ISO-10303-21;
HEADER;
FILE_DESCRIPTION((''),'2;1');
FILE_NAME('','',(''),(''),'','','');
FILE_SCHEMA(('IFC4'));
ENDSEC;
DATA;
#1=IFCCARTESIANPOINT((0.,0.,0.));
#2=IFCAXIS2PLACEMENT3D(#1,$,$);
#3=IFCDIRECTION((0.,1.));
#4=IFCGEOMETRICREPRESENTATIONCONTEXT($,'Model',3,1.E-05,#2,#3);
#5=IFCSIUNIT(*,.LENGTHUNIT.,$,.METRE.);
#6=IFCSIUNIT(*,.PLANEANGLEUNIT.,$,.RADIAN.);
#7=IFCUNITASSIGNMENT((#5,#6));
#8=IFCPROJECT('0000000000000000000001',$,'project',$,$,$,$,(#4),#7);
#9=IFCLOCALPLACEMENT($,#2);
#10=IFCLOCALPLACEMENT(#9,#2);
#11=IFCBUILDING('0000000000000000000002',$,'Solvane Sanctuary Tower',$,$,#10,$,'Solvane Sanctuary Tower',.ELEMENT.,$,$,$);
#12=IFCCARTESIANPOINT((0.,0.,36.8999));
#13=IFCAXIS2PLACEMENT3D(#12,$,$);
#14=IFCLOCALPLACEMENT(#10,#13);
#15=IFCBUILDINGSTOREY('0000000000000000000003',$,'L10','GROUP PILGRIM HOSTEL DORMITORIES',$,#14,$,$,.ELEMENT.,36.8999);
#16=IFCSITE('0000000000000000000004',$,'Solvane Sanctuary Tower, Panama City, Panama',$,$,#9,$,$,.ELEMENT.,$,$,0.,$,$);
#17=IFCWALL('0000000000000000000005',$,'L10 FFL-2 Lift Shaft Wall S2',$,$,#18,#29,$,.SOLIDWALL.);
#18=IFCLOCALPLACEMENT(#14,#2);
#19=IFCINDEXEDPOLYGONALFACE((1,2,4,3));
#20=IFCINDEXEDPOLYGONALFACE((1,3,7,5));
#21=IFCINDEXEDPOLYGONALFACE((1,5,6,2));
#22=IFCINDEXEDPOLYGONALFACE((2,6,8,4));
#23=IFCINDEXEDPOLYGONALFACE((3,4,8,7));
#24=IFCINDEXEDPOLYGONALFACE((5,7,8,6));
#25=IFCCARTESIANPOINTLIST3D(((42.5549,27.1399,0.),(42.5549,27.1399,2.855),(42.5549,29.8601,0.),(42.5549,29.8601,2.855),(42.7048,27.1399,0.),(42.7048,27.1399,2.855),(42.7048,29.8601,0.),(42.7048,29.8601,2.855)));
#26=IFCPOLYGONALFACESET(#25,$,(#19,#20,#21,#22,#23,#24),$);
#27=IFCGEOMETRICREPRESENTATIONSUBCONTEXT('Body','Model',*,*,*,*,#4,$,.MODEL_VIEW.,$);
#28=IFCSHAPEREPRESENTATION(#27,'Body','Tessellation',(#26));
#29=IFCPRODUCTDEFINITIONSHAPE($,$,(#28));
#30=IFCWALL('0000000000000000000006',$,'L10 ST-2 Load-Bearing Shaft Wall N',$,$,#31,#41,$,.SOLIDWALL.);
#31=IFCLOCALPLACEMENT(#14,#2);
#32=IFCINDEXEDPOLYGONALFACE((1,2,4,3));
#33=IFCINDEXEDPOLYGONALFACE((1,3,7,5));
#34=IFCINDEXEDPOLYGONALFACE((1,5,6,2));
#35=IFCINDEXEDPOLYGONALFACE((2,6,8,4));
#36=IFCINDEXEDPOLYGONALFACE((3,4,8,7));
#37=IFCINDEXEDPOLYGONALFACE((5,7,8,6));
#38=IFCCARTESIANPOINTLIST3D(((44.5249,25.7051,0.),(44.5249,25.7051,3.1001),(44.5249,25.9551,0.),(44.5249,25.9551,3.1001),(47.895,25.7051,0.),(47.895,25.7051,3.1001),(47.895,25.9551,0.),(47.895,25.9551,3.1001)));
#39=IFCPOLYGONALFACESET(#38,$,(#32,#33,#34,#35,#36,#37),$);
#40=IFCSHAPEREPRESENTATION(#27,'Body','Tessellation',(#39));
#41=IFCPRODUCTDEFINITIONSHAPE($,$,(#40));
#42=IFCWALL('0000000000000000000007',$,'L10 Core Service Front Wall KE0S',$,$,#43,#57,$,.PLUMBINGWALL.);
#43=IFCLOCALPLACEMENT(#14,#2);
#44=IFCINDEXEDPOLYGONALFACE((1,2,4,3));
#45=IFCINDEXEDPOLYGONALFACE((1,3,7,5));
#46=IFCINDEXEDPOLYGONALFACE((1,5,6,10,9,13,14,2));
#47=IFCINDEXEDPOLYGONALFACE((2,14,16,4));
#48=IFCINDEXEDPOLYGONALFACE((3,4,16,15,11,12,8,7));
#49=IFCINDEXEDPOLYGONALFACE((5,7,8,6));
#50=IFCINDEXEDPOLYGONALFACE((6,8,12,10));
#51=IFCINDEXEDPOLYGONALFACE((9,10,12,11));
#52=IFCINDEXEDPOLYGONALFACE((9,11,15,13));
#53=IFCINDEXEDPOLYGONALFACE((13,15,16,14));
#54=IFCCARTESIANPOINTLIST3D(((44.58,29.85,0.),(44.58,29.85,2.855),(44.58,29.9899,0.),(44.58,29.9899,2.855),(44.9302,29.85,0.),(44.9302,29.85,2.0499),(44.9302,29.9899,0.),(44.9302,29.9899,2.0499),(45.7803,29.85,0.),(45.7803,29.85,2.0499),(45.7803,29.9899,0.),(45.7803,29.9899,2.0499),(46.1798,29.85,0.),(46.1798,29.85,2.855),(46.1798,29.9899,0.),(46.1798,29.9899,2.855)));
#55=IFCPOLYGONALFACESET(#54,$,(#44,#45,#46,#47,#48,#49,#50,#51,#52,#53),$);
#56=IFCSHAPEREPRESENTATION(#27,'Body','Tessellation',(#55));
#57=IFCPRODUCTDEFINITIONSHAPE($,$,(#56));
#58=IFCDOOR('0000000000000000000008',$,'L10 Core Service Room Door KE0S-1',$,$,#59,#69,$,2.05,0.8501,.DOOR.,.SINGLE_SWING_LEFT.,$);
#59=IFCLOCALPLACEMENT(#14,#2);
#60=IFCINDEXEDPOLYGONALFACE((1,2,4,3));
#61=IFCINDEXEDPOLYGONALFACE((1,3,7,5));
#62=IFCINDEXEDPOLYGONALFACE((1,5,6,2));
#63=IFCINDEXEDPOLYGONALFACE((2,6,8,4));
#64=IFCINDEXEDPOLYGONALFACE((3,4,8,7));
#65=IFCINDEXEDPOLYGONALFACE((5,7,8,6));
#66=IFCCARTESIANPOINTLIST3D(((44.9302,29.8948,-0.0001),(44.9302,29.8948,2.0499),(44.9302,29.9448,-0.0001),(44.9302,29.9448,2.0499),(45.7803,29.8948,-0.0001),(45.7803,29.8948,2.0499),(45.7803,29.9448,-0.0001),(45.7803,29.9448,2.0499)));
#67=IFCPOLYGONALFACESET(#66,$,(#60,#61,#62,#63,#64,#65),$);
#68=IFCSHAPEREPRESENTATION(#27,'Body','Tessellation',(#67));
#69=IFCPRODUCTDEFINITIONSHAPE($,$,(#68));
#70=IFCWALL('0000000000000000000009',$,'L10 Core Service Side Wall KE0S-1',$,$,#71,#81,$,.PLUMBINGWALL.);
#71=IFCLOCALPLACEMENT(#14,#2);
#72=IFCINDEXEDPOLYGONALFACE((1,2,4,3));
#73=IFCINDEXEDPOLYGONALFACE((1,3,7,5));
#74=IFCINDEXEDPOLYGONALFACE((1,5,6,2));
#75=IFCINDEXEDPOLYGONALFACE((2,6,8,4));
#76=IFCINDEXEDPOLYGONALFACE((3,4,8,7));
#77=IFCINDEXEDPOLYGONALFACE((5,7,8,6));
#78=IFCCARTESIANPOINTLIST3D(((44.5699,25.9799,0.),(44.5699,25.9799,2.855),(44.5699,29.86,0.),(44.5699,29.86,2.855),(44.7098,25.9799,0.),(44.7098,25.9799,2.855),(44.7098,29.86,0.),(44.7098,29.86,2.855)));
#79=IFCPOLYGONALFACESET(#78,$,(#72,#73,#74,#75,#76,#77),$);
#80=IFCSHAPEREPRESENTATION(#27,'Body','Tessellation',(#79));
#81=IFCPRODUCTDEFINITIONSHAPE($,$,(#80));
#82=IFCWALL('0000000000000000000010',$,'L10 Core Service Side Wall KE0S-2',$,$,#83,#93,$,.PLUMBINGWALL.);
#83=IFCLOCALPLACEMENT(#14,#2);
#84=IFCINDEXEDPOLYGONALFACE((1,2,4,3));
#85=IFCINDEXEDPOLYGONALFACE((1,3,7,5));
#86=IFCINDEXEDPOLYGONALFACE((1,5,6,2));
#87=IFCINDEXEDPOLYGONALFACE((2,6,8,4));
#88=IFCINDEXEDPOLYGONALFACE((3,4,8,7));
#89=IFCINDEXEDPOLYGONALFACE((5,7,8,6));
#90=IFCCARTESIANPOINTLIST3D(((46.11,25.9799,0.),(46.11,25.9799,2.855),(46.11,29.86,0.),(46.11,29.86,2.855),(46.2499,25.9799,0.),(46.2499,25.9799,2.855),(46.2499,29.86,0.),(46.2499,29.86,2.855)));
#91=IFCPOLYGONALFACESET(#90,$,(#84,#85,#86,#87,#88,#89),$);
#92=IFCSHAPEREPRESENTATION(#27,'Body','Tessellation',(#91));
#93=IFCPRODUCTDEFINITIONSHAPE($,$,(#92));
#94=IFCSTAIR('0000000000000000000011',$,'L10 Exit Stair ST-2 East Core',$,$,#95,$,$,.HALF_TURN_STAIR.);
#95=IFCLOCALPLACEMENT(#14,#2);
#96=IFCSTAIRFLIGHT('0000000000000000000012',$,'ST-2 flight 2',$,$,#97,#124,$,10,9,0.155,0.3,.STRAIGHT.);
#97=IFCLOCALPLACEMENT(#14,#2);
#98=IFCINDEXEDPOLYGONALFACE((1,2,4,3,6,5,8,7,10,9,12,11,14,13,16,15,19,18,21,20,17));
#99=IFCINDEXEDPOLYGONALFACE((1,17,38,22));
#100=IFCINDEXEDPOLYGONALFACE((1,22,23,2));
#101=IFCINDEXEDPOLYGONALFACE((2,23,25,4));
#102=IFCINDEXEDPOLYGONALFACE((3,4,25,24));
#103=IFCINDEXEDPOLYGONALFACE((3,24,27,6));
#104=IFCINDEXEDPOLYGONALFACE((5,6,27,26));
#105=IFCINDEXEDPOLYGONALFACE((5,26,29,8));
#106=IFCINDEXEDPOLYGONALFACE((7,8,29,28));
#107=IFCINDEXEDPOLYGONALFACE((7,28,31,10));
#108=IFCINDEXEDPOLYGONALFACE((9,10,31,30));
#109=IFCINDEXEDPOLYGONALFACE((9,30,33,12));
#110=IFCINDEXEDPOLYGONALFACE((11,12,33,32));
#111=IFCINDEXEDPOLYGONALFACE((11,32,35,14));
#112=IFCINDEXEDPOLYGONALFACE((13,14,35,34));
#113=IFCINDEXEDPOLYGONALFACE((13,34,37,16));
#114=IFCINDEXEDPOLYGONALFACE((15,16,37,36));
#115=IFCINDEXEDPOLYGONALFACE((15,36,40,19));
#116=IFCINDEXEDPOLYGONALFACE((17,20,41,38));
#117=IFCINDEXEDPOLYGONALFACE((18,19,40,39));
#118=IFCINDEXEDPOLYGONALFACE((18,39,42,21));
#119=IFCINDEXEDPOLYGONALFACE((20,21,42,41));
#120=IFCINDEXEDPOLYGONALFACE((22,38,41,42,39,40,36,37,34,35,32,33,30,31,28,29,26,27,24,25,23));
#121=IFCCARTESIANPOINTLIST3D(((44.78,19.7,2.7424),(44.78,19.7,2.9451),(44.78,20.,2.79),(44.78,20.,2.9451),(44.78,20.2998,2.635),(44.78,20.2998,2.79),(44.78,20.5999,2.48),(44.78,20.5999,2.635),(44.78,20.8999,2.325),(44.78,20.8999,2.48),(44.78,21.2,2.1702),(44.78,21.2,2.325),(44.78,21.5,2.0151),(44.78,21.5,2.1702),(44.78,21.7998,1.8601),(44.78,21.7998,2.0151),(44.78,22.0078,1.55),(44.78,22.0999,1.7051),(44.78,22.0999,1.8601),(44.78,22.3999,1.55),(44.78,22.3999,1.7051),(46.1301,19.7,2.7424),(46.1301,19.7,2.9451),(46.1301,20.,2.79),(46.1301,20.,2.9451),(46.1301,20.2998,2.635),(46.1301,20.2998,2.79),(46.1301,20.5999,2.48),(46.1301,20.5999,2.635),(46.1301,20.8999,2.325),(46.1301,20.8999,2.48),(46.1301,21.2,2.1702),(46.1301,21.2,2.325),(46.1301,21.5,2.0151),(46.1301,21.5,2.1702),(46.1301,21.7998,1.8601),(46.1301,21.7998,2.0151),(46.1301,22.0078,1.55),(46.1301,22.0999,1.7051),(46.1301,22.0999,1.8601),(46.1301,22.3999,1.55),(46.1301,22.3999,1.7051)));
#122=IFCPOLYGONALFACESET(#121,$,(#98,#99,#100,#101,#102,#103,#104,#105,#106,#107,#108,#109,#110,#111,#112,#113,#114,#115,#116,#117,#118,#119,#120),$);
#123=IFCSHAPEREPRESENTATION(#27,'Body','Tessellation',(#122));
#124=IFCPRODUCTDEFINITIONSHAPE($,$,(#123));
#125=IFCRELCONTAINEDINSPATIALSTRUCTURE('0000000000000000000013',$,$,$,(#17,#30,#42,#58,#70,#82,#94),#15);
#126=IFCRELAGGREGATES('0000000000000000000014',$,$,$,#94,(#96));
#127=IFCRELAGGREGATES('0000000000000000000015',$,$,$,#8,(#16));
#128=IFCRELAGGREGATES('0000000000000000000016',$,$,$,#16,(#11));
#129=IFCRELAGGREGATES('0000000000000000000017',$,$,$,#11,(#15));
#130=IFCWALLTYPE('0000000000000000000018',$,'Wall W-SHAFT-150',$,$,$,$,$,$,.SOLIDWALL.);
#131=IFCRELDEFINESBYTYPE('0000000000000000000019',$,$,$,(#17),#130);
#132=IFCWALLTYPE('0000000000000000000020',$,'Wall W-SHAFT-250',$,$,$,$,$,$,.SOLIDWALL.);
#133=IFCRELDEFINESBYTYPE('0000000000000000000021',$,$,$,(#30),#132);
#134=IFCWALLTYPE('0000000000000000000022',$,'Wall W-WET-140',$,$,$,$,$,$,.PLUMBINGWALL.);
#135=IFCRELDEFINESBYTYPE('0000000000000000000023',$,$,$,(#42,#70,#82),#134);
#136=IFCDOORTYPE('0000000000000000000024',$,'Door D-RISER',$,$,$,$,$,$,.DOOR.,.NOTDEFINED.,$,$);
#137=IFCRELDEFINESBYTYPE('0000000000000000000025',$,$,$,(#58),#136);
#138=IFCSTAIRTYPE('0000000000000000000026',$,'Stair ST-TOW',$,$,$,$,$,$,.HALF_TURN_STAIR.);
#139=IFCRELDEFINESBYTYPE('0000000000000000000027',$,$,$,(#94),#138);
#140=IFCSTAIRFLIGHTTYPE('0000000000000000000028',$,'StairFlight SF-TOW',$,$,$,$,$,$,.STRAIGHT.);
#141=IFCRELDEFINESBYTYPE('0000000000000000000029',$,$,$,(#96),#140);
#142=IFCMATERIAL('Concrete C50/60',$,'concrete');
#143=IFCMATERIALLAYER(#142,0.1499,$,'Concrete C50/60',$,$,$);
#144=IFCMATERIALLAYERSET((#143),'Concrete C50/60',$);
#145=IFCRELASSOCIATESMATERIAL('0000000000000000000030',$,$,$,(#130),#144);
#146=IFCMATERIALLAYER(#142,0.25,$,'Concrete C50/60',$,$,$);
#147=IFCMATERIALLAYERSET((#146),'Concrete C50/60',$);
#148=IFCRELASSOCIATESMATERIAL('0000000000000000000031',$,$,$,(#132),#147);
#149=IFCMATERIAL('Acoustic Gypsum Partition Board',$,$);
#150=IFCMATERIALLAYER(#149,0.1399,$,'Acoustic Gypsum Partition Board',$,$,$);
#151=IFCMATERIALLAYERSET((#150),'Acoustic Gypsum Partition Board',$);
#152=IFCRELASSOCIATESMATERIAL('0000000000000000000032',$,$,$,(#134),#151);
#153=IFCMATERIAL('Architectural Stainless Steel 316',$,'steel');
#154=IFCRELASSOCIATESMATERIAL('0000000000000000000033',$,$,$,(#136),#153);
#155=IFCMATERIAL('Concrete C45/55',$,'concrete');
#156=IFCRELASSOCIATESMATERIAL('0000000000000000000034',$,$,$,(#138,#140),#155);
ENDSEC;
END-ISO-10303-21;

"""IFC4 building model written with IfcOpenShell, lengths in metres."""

from ifc_helpers import new_model, si_unit, direction, frame, frame_2d, origin, place, context, subcontext, project, spatial, polyline, rectangle, outline, extrude, material, layer, layer_set, type_object, element, fill, aggregate, save


model = new_model("IFC4")

# Units and contexts
model_context = context("Model", 3, precision=1e-05, world=origin(), true_north=direction((0.0, 1.0)))
body_context = subcontext(model_context, "Body", "Model", "MODEL_VIEW")
ifc_project = project(units=[si_unit("LENGTHUNIT", "METRE"), si_unit("PLANEANGLEUNIT", "RADIAN")], contexts=[model_context])

# Site, building, storey
site_placement = place(None, origin())
site = spatial("IfcSite", under=ifc_project, at=site_placement, Name="Solvane Sanctuary Tower, Panama City, Panama", CompositionType="ELEMENT", RefElevation=0.0)
building_placement = place(site_placement, origin())
building = spatial("IfcBuilding", under=site, at=building_placement, Name="Solvane Sanctuary Tower", LongName="Solvane Sanctuary Tower", CompositionType="ELEMENT")
storey_placement = place(building_placement, frame((0.0, 0.0, 36.8999)))
storey = spatial("IfcBuildingStorey", under=building, at=storey_placement, Name="L10", Description="GROUP PILGRIM HOSTEL DORMITORIES", CompositionType="ELEMENT", Elevation=36.8999)

# Shared definitions
ifc_material_1 = material(Name="Acoustic Gypsum Partition Board")
ifc_material_2 = material(Name="Concrete C50/60", Category="concrete")
ifc_layer_1 = layer(ifc_material_2, 0.1499, Name="Concrete C50/60")
ifc_layer_set_1 = layer_set([ifc_layer_1], Name="Concrete C50/60")
wall_type_1 = type_object("IfcWallType", Name="Wall W-SHAFT-150", PredefinedType="SOLIDWALL", material=ifc_layer_set_1)

# Shared definitions
ifc_material_3 = material(Name="Architectural Stainless Steel 316", Category="steel")

# Walls
wall_1_placement = place(storey_placement, frame((42.6299, 27.1399, 0.0), z_axis=(0.0, 0.0, 1.0), x_axis=(0.0, 1.0, 0.0)))
element("IfcWall", 1, at=wall_1_placement, inside=storey, type_object=wall_type_1, Name="L10 FFL-2 Lift Shaft Wall S2", PredefinedType="SOLIDWALL", context=body_context, shape_type="SweptSolid", body=[
    extrude(rectangle(XDim=2.7202, YDim=0.1499, at=frame_2d((1.3601, 0.0))), origin(), (0.0, 0.0, 1.0), 2.855),
])
ifc_layer_2 = layer(ifc_material_2, 0.25, Name="Concrete C50/60")
ifc_layer_set_2 = layer_set([ifc_layer_2], Name="Concrete C50/60")
wall_type_2 = type_object("IfcWallType", Name="Wall W-SHAFT-250", PredefinedType="SOLIDWALL", material=ifc_layer_set_2)
wall_2_placement = place(storey_placement, frame((44.5249, 25.8301, 0.0), z_axis=(0.0, 0.0, 1.0), x_axis=(1.0, 0.0, 0.0)))
element("IfcWall", 2, at=wall_2_placement, inside=storey, type_object=wall_type_2, Name="L10 ST-2 Load-Bearing Shaft Wall N", PredefinedType="SOLIDWALL", context=body_context, shape_type="SweptSolid", body=[
    extrude(rectangle(XDim=3.3701, YDim=0.25, at=frame_2d((1.6851, 0.0))), origin(), (0.0, 0.0, 1.0), 3.1001),
])

# Wall, opening, door
ifc_layer_3 = layer(ifc_material_1, 0.1399, Name="Acoustic Gypsum Partition Board")
ifc_layer_set_3 = layer_set([ifc_layer_3], Name="Acoustic Gypsum Partition Board")
wall_type_3 = type_object("IfcWallType", Name="Wall W-WET-140", PredefinedType="PLUMBINGWALL", material=ifc_layer_set_3)
wall_3_placement = place(storey_placement, frame((44.5801, 29.9199, 0.0), z_axis=(0.0, 0.0, 1.0), x_axis=(1.0, 0.0, 0.0)))
wall_3 = element("IfcWall", 3, at=wall_3_placement, inside=storey, type_object=wall_type_3, Name="L10 Core Service Front Wall KE0S", PredefinedType="PLUMBINGWALL", context=body_context, shape_type="SweptSolid", body=[
    extrude(rectangle(XDim=1.5999, YDim=0.1399, at=frame_2d((0.7998, 0.0))), origin(), (0.0, 0.0, 1.0), 2.855),
])
opening_1_placement = place(wall_3_placement, frame((0.3501, 0.0, 0.0)))
opening_1 = element("IfcOpeningElement", 4, at=opening_1_placement, cuts=wall_3, PredefinedType="OPENING", context=body_context, shape_type="SweptSolid", body=[
    extrude(rectangle(XDim=0.8501, YDim=2.05, at=frame_2d((0.425, 1.0249))), frame((0.0, 0.0798, 0.0), z_axis=(0.0, -1.0, 0.0), x_axis=(1.0, 0.0, 0.0)), (0.0, 0.0, 1.0), 0.1599),
])
door_type_1 = type_object("IfcDoorType", Name="Door D-RISER", OperationType="NOTDEFINED", PredefinedType="DOOR", material=ifc_material_3)
door_1_placement = place(opening_1_placement, origin())
door_1 = element("IfcDoor", 5, at=door_1_placement, inside=storey, type_object=door_type_1, Name="L10 Core Service Room Door KE0S-1", OperationType="SINGLE_SWING_LEFT", OverallHeight=2.05, OverallWidth=0.8501, PredefinedType="DOOR", context=body_context, shape_type="SweptSolid", body=[
    extrude(rectangle(XDim=0.8501, YDim=2.05, at=frame_2d((0.425, 1.0249))), frame((0.0, 0.0249, 0.0), z_axis=(0.0, -1.0, 0.0), x_axis=(1.0, 0.0, 0.0)), (0.0, 0.0, 1.0), 0.05),
])
fill(opening_1, door_1)

# Walls
for number, where, z_axis, x_axis, name in (
    (6, (44.6399, 25.98, 0.0), (0.0, 0.0, 1.0), (0.0, 1.0, 0.0), "L10 Core Service Side Wall KE0S-1"),
    (7, (46.1799, 25.98, 0.0), (0.0, 0.0, 1.0), (0.0, 1.0, 0.0), "L10 Core Service Side Wall KE0S-2"),
):
    element("IfcWall", number, at=place(storey_placement, frame(where, z_axis=z_axis, x_axis=x_axis)), inside=storey, type_object=wall_type_3, Name=name, PredefinedType="PLUMBINGWALL", context=body_context, shape_type="SweptSolid", body=[
        extrude(rectangle(XDim=3.8801, YDim=0.1399, at=frame_2d((1.9399, 0.0))), origin(), (0.0, 0.0, 1.0), 2.855),
    ])

# Stair, stair flight
ifc_material_4 = material(Name="Concrete C45/55", Category="concrete")
stair_type = type_object("IfcStairType", Name="Stair ST-TOW", PredefinedType="HALF_TURN_STAIR", material=ifc_material_4)
stair_placement = place(storey_placement, origin())
stair = element("IfcStair", 8, at=stair_placement, inside=storey, type_object=stair_type, Name="L10 Exit Stair ST-2 East Core", PredefinedType="HALF_TURN_STAIR")
stair_flight_type = type_object("IfcStairFlightType", Name="StairFlight SF-TOW", PredefinedType="STRAIGHT", material=ifc_material_4)
stair_flight_placement = place(storey_placement, frame((45.4551, 22.3999, 1.55), z_axis=(0.0, 0.0, 1.0), x_axis=(0.0, -1.0, 0.0)))
stair_flight = element("IfcStairFlight", 9, at=stair_flight_placement, type_object=stair_flight_type, Name="ST-2 flight 2", NumberOfRisers=10, NumberOfTreads=9, PredefinedType="STRAIGHT", RiserHeight=0.155, TreadLength=0.3, context=body_context, shape_type="SweptSolid", body=[
    extrude(outline(polyline([(0.0, 0.0), (0.0, 0.155), (0.3, 0.155), (0.3, 0.3101), (0.6001, 0.3101), (0.6001, 0.4651), (0.8999, 0.4651), (0.8999, 0.6201), (1.2, 0.6201), (1.2, 0.7749), (1.5, 0.7749), (1.5, 0.9299), (1.8, 0.9299), (1.8, 1.085), (2.1001, 1.085), (2.1001, 1.24), (2.3999, 1.24), (2.3999, 1.395), (2.7, 1.395), (2.7, 1.55), (2.7, 1.1924), (0.3921, 0.0), (0.0, 0.0)])), frame((0.0, 0.675, 0.0), z_axis=(0.0, -1.0, 0.0), x_axis=(1.0, 0.0, 0.0)), (0.0, 0.0, 1.0), 1.3501),
])
aggregate(stair, [stair_flight])

save(model, "model.ifc")
